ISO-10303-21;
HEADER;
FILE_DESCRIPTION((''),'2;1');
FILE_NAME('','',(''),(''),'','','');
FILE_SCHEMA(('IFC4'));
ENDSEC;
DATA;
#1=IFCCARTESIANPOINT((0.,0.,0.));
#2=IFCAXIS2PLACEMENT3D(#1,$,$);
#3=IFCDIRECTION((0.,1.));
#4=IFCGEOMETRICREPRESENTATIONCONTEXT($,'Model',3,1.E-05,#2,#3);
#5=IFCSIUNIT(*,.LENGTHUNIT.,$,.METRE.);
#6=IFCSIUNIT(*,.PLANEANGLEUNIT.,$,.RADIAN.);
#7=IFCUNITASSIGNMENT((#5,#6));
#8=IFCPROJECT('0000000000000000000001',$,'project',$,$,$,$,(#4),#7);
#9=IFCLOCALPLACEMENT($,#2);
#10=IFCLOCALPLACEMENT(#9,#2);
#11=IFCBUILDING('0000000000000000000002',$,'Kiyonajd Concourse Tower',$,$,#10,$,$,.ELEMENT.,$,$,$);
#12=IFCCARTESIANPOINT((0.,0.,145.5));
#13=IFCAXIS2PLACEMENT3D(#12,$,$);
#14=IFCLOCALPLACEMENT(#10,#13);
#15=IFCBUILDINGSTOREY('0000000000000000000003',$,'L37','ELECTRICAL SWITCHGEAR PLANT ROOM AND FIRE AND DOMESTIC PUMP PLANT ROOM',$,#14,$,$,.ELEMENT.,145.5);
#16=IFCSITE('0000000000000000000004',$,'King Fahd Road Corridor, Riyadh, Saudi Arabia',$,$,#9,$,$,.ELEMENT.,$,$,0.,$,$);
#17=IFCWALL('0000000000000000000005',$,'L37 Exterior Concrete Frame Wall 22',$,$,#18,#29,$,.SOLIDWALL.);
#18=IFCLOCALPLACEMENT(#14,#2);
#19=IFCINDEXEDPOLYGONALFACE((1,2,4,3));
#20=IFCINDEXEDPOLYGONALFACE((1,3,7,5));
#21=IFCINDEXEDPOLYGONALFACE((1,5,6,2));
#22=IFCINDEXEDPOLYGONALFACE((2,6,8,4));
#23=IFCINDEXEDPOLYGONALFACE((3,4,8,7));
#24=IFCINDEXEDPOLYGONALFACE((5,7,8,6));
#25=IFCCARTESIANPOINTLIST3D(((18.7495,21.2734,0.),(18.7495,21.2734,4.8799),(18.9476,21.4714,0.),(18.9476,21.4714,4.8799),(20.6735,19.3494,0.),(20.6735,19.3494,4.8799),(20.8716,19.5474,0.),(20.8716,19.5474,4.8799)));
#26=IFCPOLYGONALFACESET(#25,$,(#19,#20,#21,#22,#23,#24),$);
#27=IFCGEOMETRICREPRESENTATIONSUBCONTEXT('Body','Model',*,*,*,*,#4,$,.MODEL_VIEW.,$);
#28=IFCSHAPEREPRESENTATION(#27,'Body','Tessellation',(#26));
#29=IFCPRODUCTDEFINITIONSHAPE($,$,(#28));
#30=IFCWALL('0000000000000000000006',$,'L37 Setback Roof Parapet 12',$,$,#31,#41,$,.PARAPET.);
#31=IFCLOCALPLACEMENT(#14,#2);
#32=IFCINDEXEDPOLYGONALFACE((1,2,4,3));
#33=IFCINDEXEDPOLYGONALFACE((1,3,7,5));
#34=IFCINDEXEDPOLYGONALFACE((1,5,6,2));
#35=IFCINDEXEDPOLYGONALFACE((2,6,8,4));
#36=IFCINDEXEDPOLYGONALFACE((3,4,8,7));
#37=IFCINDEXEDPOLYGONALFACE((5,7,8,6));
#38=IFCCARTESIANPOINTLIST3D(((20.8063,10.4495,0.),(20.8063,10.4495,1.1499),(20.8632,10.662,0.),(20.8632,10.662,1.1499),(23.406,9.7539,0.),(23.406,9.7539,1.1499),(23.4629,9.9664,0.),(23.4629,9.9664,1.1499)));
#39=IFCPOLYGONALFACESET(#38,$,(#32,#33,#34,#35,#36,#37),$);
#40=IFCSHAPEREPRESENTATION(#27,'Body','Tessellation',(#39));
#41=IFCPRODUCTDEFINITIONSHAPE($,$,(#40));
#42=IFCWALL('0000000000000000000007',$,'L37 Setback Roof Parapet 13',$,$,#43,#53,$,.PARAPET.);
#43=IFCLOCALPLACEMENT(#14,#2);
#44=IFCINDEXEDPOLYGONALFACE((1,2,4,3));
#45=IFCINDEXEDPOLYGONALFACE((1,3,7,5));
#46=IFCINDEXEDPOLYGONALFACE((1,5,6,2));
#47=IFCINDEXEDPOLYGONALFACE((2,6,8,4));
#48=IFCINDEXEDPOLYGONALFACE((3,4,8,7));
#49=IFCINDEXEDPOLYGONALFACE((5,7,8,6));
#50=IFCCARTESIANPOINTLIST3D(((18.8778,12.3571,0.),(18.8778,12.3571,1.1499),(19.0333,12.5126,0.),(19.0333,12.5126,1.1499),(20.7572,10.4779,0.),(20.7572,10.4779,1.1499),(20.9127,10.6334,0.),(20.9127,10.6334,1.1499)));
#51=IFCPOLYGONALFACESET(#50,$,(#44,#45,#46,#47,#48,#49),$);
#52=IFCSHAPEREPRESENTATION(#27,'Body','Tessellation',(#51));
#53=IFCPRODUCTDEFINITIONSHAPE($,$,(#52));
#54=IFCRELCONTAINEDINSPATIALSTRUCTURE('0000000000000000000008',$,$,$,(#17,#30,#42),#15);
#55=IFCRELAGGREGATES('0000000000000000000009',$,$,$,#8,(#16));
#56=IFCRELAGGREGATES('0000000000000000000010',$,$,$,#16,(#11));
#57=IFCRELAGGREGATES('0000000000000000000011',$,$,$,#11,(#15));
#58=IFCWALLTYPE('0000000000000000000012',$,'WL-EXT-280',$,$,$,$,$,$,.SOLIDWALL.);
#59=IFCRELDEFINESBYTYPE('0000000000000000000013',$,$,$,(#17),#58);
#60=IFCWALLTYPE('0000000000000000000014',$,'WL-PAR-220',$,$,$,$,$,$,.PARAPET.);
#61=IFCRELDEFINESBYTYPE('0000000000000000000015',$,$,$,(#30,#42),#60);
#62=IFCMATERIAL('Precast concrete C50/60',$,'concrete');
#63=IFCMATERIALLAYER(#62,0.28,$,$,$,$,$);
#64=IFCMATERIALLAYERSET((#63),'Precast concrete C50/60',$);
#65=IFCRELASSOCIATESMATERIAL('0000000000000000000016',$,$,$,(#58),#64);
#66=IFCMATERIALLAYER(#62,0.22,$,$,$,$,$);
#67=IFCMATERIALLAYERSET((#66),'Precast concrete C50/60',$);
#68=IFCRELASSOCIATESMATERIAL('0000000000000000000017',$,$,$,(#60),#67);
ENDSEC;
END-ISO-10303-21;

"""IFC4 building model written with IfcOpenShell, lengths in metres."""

from ifc_helpers import new_model, si_unit, direction, frame, frame_2d, origin, place, context, subcontext, project, spatial, rectangle, extrude, material, layer, layer_set, type_object, element, save


model = new_model("IFC4")

# Units and contexts
model_context = context("Model", 3, precision=1e-05, world=origin(), true_north=direction((0.0, 1.0)))
body_context = subcontext(model_context, "Body", "Model", "MODEL_VIEW")
ifc_project = project(units=[si_unit("LENGTHUNIT", "METRE"), si_unit("PLANEANGLEUNIT", "RADIAN")], contexts=[model_context])

# Site, building, storey
site_placement = place(None, origin())
site = spatial("IfcSite", under=ifc_project, at=site_placement, Name="King Fahd Road Corridor, Riyadh, Saudi Arabia", CompositionType="ELEMENT", RefElevation=0.0)
building_placement = place(site_placement, origin())
building = spatial("IfcBuilding", under=site, at=building_placement, Name="Kiyonajd Concourse Tower", CompositionType="ELEMENT")
storey_placement = place(building_placement, frame((0.0, 0.0, 145.5)))
storey = spatial("IfcBuildingStorey", under=building, at=storey_placement, Name="L37", Description="ELECTRICAL SWITCHGEAR PLANT ROOM AND FIRE AND DOMESTIC PUMP PLANT ROOM", CompositionType="ELEMENT", Elevation=145.5)

# Walls
ifc_material_1 = material(Name="Precast concrete C50/60", Category="concrete")
ifc_layer_1 = layer(ifc_material_1, 0.28)
ifc_layer_set_1 = layer_set([ifc_layer_1], Name="Precast concrete C50/60")
wall_type_1 = type_object("IfcWallType", Name="WL-EXT-280", PredefinedType="SOLIDWALL", material=ifc_layer_set_1)
wall_1_placement = place(storey_placement, frame((20.7725, 19.4485, 0.0), z_axis=(0.0, 0.0, 1.0), x_axis=(-0.707107, 0.707107, 0.0)))
element("IfcWall", 1, at=wall_1_placement, inside=storey, type_object=wall_type_1, Name="L37 Exterior Concrete Frame Wall 22", PredefinedType="SOLIDWALL", context=body_context, shape_type="SweptSolid", body=[
    extrude(rectangle(XDim=2.7209, YDim=0.28, at=frame_2d((1.3604, 0.0))), origin(), (0.0, 0.0, 1.0), 4.8799),
])
ifc_layer_2 = layer(ifc_material_1, 0.22)
ifc_layer_set_2 = layer_set([ifc_layer_2], Name="Precast concrete C50/60")
wall_type_2 = type_object("IfcWallType", Name="WL-PAR-220", PredefinedType="PARAPET", material=ifc_layer_set_2)
wall_2_placement = place(storey_placement, frame((23.4346, 9.8601, 0.0), z_axis=(0.0, 0.0, 1.0), x_axis=(-0.966019, 0.25847, 0.0)))
element("IfcWall", 2, at=wall_2_placement, inside=storey, type_object=wall_type_2, Name="L37 Setback Roof Parapet 12", PredefinedType="PARAPET", context=body_context, shape_type="SweptSolid", body=[
    extrude(rectangle(XDim=2.6912, YDim=0.22, at=frame_2d((1.3457, 0.0))), origin(), (0.0, 0.0, 1.0), 1.1499),
])
wall_3_placement = place(storey_placement, frame((20.835, 10.5557, 0.0), z_axis=(0.0, 0.0, 1.0), x_axis=(-0.707153, 0.707061, 0.0)))
element("IfcWall", 3, at=wall_3_placement, inside=storey, type_object=wall_type_2, Name="L37 Setback Roof Parapet 13", PredefinedType="PARAPET", context=body_context, shape_type="SweptSolid", body=[
    extrude(rectangle(XDim=2.6577, YDim=0.22, at=frame_2d((1.3289, 0.0))), origin(), (0.0, 0.0, 1.0), 1.1499),
])

save(model, "model.ifc")
